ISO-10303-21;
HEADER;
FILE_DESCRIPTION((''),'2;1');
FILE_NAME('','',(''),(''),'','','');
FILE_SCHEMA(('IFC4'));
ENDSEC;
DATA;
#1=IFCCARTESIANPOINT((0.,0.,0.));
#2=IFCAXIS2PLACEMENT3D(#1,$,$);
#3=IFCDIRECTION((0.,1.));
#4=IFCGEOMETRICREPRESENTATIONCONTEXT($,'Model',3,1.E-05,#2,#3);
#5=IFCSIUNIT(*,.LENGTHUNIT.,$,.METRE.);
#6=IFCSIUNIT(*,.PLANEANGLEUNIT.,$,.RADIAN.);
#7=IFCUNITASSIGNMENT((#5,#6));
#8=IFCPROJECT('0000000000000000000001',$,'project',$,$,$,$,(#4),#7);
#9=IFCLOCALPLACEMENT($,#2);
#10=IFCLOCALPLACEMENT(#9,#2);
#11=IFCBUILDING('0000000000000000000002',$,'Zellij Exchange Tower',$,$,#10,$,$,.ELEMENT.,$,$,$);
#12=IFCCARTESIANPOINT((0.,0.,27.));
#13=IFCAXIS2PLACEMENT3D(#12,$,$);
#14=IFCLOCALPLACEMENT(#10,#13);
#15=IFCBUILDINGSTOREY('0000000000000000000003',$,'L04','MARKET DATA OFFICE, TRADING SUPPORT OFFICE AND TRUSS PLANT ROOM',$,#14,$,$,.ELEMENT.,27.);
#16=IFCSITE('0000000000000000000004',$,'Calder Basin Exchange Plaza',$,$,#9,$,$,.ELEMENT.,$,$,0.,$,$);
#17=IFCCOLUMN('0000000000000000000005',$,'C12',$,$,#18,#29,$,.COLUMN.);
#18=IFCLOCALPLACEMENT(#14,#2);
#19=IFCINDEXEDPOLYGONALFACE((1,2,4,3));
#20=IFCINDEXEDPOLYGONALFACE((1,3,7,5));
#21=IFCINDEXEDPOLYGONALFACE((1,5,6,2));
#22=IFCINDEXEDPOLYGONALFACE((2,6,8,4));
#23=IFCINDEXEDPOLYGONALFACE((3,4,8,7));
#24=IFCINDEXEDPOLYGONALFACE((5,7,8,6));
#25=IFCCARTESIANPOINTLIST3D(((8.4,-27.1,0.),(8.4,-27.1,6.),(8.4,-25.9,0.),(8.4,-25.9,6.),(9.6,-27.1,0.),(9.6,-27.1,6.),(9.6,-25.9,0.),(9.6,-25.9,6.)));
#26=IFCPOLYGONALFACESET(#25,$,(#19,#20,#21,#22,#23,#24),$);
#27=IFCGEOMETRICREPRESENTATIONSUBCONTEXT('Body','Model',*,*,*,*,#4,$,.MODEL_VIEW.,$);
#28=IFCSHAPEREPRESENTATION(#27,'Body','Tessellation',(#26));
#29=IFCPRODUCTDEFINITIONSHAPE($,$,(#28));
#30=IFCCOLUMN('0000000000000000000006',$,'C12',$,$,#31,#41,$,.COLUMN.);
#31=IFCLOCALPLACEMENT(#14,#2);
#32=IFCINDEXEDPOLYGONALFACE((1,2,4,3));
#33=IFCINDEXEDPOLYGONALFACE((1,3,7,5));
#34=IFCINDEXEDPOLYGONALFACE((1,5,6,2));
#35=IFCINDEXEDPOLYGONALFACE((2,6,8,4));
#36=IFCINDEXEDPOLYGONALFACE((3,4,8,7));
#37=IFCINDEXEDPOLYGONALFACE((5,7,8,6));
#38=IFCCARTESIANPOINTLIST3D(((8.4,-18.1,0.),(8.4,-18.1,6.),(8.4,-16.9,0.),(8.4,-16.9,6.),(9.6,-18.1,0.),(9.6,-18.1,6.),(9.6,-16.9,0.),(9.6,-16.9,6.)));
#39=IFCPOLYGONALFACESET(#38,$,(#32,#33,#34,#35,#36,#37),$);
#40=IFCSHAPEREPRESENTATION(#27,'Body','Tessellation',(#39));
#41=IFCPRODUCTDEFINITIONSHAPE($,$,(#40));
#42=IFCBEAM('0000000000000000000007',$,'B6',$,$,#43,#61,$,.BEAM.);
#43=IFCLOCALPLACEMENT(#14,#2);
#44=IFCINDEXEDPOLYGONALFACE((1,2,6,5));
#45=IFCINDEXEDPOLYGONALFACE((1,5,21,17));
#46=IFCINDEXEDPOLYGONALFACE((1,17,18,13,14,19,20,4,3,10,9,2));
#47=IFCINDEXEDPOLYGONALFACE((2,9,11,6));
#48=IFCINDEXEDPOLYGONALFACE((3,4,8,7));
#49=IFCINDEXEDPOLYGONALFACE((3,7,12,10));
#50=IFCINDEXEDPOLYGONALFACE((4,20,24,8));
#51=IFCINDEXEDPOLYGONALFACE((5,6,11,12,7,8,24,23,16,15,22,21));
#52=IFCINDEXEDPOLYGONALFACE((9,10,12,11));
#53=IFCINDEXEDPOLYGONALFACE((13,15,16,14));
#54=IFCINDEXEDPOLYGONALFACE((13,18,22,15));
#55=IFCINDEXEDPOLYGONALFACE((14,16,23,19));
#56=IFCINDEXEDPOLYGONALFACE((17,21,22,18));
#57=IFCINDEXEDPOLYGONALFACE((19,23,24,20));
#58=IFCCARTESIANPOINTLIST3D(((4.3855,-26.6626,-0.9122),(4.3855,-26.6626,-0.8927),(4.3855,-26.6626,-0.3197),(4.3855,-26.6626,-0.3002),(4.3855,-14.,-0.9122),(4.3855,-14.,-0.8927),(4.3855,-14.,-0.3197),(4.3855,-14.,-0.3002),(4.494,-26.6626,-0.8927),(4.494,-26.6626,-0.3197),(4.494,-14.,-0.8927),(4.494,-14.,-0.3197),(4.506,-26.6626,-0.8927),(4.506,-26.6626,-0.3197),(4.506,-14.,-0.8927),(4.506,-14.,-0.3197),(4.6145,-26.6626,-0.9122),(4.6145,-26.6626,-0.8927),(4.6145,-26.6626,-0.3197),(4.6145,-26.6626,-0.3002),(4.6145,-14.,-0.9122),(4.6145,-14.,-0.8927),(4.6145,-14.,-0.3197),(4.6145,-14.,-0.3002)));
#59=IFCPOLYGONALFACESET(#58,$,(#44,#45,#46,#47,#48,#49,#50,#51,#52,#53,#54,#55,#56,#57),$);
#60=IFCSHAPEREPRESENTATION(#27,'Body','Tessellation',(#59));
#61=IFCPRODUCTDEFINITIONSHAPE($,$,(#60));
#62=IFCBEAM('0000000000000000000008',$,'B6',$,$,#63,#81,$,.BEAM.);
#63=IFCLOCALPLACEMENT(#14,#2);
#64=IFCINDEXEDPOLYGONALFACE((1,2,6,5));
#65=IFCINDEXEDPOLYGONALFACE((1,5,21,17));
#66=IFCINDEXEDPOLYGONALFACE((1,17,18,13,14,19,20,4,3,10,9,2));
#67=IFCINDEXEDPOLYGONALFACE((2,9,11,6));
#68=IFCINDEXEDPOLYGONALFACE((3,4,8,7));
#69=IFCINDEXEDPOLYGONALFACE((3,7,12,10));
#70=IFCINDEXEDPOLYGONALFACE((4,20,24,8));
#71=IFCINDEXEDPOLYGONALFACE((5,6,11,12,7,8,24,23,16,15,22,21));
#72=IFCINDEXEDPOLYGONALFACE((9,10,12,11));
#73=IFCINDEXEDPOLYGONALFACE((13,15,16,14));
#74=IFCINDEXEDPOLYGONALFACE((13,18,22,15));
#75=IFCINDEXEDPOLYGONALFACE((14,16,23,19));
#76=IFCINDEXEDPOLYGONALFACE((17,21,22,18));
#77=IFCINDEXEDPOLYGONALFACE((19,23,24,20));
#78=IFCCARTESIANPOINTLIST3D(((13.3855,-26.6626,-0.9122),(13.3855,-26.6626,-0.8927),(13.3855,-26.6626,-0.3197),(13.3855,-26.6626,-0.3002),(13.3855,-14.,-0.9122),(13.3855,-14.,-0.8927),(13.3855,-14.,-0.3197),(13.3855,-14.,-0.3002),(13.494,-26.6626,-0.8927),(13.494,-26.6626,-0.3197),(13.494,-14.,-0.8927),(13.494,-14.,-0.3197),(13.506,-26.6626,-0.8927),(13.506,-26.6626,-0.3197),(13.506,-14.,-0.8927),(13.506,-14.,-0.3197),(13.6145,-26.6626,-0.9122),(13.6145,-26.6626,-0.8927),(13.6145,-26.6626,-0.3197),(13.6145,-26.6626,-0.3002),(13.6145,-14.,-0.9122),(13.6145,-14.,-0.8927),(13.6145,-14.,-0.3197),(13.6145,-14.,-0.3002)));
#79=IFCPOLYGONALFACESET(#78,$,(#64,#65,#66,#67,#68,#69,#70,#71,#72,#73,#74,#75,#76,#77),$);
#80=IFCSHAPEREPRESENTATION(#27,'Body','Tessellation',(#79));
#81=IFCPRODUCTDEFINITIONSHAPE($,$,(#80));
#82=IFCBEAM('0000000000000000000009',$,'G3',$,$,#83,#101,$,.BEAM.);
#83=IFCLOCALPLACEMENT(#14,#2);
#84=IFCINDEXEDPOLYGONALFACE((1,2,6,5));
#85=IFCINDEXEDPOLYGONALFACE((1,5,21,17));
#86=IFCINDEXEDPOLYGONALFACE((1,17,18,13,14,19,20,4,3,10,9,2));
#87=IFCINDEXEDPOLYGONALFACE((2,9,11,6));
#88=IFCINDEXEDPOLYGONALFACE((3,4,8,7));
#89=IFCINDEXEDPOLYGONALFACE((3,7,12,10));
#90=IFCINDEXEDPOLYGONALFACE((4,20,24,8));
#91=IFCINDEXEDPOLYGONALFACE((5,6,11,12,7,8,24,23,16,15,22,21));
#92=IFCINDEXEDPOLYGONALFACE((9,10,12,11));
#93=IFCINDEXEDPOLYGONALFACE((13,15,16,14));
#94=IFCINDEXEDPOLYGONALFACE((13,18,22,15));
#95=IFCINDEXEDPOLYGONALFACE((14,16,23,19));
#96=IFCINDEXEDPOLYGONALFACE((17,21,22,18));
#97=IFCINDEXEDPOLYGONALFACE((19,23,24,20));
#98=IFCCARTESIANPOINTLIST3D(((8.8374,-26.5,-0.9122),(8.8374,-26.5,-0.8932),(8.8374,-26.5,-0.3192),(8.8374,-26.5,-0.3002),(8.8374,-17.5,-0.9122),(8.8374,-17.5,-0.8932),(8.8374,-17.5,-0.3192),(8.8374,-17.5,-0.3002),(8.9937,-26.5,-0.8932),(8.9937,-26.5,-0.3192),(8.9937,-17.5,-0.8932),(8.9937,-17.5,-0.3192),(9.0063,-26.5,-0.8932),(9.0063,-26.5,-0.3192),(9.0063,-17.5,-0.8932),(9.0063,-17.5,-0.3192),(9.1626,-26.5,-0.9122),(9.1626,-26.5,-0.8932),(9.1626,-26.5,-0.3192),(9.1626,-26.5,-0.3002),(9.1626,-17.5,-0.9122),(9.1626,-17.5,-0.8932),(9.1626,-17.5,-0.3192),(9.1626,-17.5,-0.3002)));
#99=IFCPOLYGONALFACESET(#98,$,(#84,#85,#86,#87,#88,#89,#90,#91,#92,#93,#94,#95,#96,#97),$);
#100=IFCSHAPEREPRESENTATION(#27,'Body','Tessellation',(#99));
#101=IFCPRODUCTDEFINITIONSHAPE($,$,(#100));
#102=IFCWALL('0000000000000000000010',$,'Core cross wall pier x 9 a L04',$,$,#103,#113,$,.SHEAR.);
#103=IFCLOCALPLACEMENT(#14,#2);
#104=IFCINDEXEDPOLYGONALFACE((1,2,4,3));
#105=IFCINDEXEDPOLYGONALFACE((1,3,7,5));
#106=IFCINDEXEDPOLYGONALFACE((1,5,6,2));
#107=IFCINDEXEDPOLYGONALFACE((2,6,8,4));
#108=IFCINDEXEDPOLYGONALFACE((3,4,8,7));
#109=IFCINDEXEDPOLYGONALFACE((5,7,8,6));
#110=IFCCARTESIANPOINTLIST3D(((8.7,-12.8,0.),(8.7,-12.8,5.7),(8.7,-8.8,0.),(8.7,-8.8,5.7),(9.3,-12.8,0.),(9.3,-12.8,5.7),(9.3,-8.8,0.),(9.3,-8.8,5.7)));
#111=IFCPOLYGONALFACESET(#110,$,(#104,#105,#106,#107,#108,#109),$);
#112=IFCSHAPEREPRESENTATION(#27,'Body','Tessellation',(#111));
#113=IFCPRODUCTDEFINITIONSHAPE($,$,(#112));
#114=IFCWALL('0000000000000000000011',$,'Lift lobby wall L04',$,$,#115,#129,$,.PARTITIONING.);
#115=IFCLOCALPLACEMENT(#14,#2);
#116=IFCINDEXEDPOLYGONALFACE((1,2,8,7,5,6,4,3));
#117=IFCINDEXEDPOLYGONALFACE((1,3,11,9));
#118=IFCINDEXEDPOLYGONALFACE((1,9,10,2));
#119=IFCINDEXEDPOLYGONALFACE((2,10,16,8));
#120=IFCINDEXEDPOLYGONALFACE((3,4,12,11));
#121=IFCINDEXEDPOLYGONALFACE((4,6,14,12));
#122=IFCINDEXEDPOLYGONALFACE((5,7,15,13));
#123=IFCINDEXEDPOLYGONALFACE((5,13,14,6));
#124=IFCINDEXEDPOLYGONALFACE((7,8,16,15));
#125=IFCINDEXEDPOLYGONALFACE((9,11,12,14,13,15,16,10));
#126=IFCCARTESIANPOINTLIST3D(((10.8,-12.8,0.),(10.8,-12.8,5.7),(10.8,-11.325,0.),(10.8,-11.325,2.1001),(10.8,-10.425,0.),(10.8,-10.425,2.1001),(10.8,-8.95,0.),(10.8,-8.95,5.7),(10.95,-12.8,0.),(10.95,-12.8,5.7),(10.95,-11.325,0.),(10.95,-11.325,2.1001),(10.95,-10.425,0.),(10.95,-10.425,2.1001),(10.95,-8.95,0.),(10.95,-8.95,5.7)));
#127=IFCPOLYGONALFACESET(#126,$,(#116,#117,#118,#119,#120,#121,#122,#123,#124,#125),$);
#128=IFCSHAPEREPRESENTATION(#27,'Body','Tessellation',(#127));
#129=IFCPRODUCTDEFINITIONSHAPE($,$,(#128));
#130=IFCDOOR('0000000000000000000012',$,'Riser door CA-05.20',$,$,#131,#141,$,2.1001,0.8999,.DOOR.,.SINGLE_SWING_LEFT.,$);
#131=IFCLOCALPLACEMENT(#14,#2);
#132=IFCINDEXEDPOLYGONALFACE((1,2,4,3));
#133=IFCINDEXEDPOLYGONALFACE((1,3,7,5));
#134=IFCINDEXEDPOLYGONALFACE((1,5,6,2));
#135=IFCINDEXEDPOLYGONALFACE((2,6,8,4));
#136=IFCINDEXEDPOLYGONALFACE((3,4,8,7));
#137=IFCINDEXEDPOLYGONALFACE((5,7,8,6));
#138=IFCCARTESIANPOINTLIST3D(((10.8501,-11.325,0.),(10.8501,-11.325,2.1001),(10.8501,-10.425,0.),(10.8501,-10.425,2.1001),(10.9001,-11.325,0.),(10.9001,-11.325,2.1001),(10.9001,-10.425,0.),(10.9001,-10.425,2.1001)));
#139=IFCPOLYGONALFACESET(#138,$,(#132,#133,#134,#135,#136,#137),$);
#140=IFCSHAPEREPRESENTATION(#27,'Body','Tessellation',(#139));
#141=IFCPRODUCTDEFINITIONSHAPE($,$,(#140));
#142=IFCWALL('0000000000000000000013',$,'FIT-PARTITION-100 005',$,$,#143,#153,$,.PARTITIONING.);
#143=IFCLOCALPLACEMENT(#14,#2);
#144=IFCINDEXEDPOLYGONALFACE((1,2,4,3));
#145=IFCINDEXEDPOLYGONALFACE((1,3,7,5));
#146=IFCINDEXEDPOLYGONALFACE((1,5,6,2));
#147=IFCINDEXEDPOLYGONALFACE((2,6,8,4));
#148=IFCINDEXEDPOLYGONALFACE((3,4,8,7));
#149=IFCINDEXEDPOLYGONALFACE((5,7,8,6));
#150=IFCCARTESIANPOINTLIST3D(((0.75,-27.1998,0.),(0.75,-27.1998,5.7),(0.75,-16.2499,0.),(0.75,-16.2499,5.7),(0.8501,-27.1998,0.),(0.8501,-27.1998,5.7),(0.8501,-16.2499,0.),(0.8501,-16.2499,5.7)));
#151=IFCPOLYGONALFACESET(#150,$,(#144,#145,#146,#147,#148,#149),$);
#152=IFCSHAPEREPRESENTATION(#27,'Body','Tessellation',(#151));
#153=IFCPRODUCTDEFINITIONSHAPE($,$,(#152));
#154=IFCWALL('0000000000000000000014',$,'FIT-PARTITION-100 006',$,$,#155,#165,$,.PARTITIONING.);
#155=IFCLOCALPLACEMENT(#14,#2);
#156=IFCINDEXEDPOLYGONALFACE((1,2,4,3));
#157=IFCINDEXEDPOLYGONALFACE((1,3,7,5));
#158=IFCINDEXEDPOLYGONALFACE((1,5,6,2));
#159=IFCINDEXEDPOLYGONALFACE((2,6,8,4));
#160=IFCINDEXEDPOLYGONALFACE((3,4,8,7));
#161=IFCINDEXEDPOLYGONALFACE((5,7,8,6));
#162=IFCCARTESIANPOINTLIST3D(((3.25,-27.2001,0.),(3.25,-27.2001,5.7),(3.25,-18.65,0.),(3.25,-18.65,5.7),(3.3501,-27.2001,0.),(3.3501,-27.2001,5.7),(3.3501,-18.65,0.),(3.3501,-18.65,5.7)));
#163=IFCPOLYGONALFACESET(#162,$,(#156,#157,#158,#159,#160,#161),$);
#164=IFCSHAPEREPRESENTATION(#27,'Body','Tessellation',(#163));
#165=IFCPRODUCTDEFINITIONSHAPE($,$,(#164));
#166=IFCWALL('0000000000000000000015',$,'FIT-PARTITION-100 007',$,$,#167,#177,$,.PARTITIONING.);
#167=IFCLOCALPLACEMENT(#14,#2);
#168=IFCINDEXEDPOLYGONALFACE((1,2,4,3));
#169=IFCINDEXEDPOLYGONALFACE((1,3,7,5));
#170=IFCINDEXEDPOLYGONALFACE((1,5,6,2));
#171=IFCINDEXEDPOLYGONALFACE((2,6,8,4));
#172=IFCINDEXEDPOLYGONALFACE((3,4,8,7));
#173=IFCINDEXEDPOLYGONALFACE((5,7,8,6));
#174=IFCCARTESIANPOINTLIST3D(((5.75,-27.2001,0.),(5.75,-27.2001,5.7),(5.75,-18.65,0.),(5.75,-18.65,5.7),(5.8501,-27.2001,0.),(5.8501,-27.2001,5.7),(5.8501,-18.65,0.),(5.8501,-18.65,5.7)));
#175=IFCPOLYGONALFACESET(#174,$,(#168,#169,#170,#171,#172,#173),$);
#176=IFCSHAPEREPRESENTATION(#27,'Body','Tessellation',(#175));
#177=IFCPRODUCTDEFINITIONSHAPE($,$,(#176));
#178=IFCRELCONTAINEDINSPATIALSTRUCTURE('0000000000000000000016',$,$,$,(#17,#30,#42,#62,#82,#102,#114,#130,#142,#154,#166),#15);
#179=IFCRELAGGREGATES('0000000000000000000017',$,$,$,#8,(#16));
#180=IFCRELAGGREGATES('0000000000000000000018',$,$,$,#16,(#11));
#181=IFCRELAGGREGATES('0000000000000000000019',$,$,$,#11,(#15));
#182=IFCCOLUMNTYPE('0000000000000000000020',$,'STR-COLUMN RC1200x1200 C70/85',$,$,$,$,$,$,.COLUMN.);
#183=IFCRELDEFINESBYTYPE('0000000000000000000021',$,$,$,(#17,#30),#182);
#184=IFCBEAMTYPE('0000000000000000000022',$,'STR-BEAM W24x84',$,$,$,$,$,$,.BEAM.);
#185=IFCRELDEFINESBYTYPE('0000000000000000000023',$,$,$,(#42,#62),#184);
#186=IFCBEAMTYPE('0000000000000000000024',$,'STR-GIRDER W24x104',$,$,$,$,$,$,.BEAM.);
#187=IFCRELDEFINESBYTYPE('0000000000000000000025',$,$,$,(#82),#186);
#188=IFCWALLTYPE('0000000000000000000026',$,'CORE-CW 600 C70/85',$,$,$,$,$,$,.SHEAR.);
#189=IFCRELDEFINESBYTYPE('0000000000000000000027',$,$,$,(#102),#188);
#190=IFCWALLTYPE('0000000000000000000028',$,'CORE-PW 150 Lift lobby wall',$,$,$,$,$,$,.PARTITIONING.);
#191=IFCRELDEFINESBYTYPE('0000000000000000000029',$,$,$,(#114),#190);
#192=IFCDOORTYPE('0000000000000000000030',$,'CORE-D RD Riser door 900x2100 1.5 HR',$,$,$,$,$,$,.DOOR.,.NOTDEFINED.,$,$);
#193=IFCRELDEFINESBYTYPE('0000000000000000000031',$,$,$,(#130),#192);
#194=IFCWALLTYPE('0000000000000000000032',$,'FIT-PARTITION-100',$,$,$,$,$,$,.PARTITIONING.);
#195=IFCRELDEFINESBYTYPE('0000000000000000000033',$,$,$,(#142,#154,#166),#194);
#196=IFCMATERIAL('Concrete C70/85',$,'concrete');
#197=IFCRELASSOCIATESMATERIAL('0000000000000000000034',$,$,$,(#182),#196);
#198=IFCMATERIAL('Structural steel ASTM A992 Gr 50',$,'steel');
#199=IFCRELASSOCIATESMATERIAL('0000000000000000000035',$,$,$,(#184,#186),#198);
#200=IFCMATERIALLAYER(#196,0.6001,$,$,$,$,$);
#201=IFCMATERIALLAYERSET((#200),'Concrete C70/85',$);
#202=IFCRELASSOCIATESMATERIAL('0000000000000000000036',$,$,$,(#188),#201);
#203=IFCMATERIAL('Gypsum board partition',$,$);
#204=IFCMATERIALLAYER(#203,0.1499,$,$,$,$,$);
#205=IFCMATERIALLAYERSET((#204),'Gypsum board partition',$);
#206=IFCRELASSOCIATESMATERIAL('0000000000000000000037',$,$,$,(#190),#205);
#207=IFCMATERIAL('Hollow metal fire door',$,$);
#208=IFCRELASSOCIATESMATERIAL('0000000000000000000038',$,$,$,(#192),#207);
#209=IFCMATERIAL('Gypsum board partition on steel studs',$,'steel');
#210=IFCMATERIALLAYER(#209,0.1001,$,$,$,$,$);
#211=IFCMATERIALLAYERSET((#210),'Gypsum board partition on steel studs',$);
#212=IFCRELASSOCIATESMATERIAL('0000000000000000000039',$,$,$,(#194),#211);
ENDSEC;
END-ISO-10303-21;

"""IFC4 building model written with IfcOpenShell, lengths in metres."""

from ifc_helpers import new_model, si_unit, direction, frame, frame_2d, origin, origin_2d, place, context, subcontext, project, spatial, rectangle, i_section, extrude, material, layer, layer_set, material_profile, profile_set, type_object, element, fill, save


model = new_model("IFC4")

# Units and contexts
model_context = context("Model", 3, precision=1e-05, world=origin(), true_north=direction((0.0, 1.0)))
body_context = subcontext(model_context, "Body", "Model", "MODEL_VIEW")
ifc_project = project(units=[si_unit("LENGTHUNIT", "METRE"), si_unit("PLANEANGLEUNIT", "RADIAN")], contexts=[model_context])

# Site, building, storey
site_placement = place(None, origin())
site = spatial("IfcSite", under=ifc_project, at=site_placement, Name="Calder Basin Exchange Plaza", CompositionType="ELEMENT", RefElevation=0.0)
building_placement = place(site_placement, origin())
building = spatial("IfcBuilding", under=site, at=building_placement, Name="Zellij Exchange Tower", CompositionType="ELEMENT")
storey_placement = place(building_placement, frame((0.0, 0.0, 27.0)))
storey = spatial("IfcBuildingStorey", under=building, at=storey_placement, Name="L04", Description="MARKET DATA OFFICE, TRADING SUPPORT OFFICE AND TRUSS PLANT ROOM", CompositionType="ELEMENT", Elevation=27.0)

# Columns
ifc_material_1 = material(Name="Concrete C70/85", Category="concrete")
ifc_material_profile_1 = material_profile(ifc_material_1, rectangle(XDim=1.2, YDim=1.2, at=origin_2d()), Name="STR-COLUMN RC1200x1200 C70/85")
ifc_profile_set_1 = profile_set([ifc_material_profile_1], Name="Concrete C70/85")
column_type = type_object("IfcColumnType", Name="STR-COLUMN RC1200x1200 C70/85", PredefinedType="COLUMN", material=ifc_profile_set_1)
for number, where, z_axis, x_axis, name in (
    (1, (9.0, -26.5, 0.0), (0.0, 0.0, 1.0), (1.0, 0.0, 0.0), "C12"),
    (2, (9.0, -17.5, 0.0), (0.0, 0.0, 1.0), (1.0, 0.0, 0.0), "C12"),
):
    element("IfcColumn", number, at=place(storey_placement, frame(where, z_axis=z_axis, x_axis=x_axis)), inside=storey, type_object=column_type, Name=name, PredefinedType="COLUMN", context=body_context, shape_type="SweptSolid", body=[
        extrude(rectangle(XDim=1.2, YDim=1.2, at=origin_2d()), origin(), (0.0, 0.0, 1.0), 6.0),
    ])

# Beams
ifc_material_2 = material(Name="Structural steel ASTM A992 Gr 50", Category="steel")
ifc_material_profile_2 = material_profile(ifc_material_2, i_section(OverallWidth=0.229, OverallDepth=0.6121, WebThickness=0.012, FlangeThickness=0.0195, at=origin_2d()), Name="W24x84")
ifc_profile_set_2 = profile_set([ifc_material_profile_2], Name="Structural steel ASTM A992 Gr 50")
beam_type_1 = type_object("IfcBeamType", Name="STR-BEAM W24x84", PredefinedType="BEAM", material=ifc_profile_set_2)
for number, where, z_axis, x_axis, name in (
    (3, (4.5, -26.6626, -0.6062), (0.0, 1.0, 0.0), (-1.0, 0.0, 0.0), "B6"),
    (4, (13.5, -26.6626, -0.6062), (0.0, 1.0, 0.0), (-1.0, 0.0, 0.0), "B6"),
):
    element("IfcBeam", number, at=place(storey_placement, frame(where, z_axis=z_axis, x_axis=x_axis)), inside=storey, type_object=beam_type_1, Name=name, PredefinedType="BEAM", context=body_context, shape_type="SweptSolid", body=[
        extrude(i_section(OverallWidth=0.229, OverallDepth=0.6121, WebThickness=0.012, FlangeThickness=0.0195, at=origin_2d()), origin(), (0.0, 0.0, 1.0), 12.6626),
    ])
ifc_material_profile_3 = material_profile(ifc_material_2, i_section(OverallWidth=0.3252, OverallDepth=0.6121, WebThickness=0.0127, FlangeThickness=0.019, at=origin_2d()), Name="W24x104")
ifc_profile_set_3 = profile_set([ifc_material_profile_3], Name="Structural steel ASTM A992 Gr 50")
beam_type_2 = type_object("IfcBeamType", Name="STR-GIRDER W24x104", PredefinedType="BEAM", material=ifc_profile_set_3)
beam_placement = place(storey_placement, frame((9.0, -26.5, -0.6062), z_axis=(0.0, 1.0, 0.0), x_axis=(-1.0, 0.0, 0.0)))
element("IfcBeam", 5, at=beam_placement, inside=storey, type_object=beam_type_2, Name="G3", PredefinedType="BEAM", context=body_context, shape_type="SweptSolid", body=[
    extrude(i_section(OverallWidth=0.3252, OverallDepth=0.6121, WebThickness=0.0127, FlangeThickness=0.019, at=origin_2d()), origin(), (0.0, 0.0, 1.0), 9.0),
])

# Wall
ifc_layer_1 = layer(ifc_material_1, 0.6001)
ifc_layer_set_1 = layer_set([ifc_layer_1], Name="Concrete C70/85")
wall_type_1 = type_object("IfcWallType", Name="CORE-CW 600 C70/85", PredefinedType="SHEAR", material=ifc_layer_set_1)
wall_1_placement = place(storey_placement, frame((9.0, -12.8, 0.0), z_axis=(0.0, 0.0, 1.0), x_axis=(0.0, 1.0, 0.0)))
element("IfcWall", 6, at=wall_1_placement, inside=storey, type_object=wall_type_1, Name="Core cross wall pier x 9 a L04", PredefinedType="SHEAR", context=body_context, shape_type="SweptSolid", body=[
    extrude(rectangle(XDim=4.0, YDim=0.6001, at=frame_2d((2.0, 0.0))), origin(), (0.0, 0.0, 1.0), 5.7),
])

# Wall, opening, door
ifc_material_3 = material(Name="Gypsum board partition")
ifc_layer_2 = layer(ifc_material_3, 0.1499)
ifc_layer_set_2 = layer_set([ifc_layer_2], Name="Gypsum board partition")
wall_type_2 = type_object("IfcWallType", Name="CORE-PW 150 Lift lobby wall", PredefinedType="PARTITIONING", material=ifc_layer_set_2)
wall_2_placement = place(storey_placement, frame((10.875, -12.8, 0.0), z_axis=(0.0, 0.0, 1.0), x_axis=(0.0, 1.0, 0.0)))
wall_2 = element("IfcWall", 7, at=wall_2_placement, inside=storey, type_object=wall_type_2, Name="Lift lobby wall L04", PredefinedType="PARTITIONING", context=body_context, shape_type="SweptSolid", body=[
    extrude(rectangle(XDim=3.8501, YDim=0.1499, at=frame_2d((1.925, 0.0))), origin(), (0.0, 0.0, 1.0), 5.7),
])
opening_1_placement = place(wall_2_placement, frame((1.4751, 0.0, 0.0)))
opening_1 = element("IfcOpeningElement", 8, at=opening_1_placement, cuts=wall_2, PredefinedType="OPENING", context=body_context, shape_type="SweptSolid", body=[
    extrude(rectangle(XDim=0.8999, YDim=2.1001, at=frame_2d((0.45, 1.05))), frame((0.0, 0.0869, 0.0), z_axis=(0.0, -1.0, 0.0), x_axis=(1.0, 0.0, 0.0)), (0.0, 0.0, 1.0), 0.1738),
])
ifc_material_4 = material(Name="Hollow metal fire door")
door_type_1 = type_object("IfcDoorType", Name="CORE-D RD Riser door 900x2100 1.5 HR", OperationType="NOTDEFINED", PredefinedType="DOOR", material=ifc_material_4)
door_1_placement = place(opening_1_placement, origin())
door_1 = element("IfcDoor", 9, at=door_1_placement, inside=storey, type_object=door_type_1, Name="Riser door CA-05.20", OperationType="SINGLE_SWING_LEFT", OverallHeight=2.1001, OverallWidth=0.8999, PredefinedType="DOOR", context=body_context, shape_type="SweptSolid", body=[
    extrude(rectangle(XDim=0.8999, YDim=2.1001, at=frame_2d((0.45, 1.05))), frame((0.0, 0.0249, 0.0), z_axis=(0.0, -1.0, 0.0), x_axis=(1.0, 0.0, 0.0)), (0.0, 0.0, 1.0), 0.05),
])
fill(opening_1, door_1)

# Walls
ifc_material_5 = material(Name="Gypsum board partition on steel studs", Category="steel")
ifc_layer_3 = layer(ifc_material_5, 0.1001)
ifc_layer_set_3 = layer_set([ifc_layer_3], Name="Gypsum board partition on steel studs")
wall_type_3 = type_object("IfcWallType", Name="FIT-PARTITION-100", PredefinedType="PARTITIONING", material=ifc_layer_set_3)
wall_3_placement = place(storey_placement, frame((0.8, -27.2, 0.0), z_axis=(0.0, 0.0, 1.0), x_axis=(0.0, 1.0, 0.0)))
element("IfcWall", 10, at=wall_3_placement, inside=storey, type_object=wall_type_3, Name="FIT-PARTITION-100 005", PredefinedType="PARTITIONING", context=body_context, shape_type="SweptSolid", body=[
    extrude(rectangle(XDim=10.95, YDim=0.1001, at=frame_2d((5.4751, 0.0))), origin(), (0.0, 0.0, 1.0), 5.7),
])
for number, where, z_axis, x_axis, name in (
    (11, (3.3, -27.2, 0.0), (0.0, 0.0, 1.0), (0.0, 1.0, 0.0), "FIT-PARTITION-100 006"),
    (12, (5.8, -27.2, 0.0), (0.0, 0.0, 1.0), (0.0, 1.0, 0.0), "FIT-PARTITION-100 007"),
):
    element("IfcWall", number, at=place(storey_placement, frame(where, z_axis=z_axis, x_axis=x_axis)), inside=storey, type_object=wall_type_3, Name=name, PredefinedType="PARTITIONING", context=body_context, shape_type="SweptSolid", body=[
        extrude(rectangle(XDim=8.55, YDim=0.1001, at=frame_2d((4.2749, 0.0))), origin(), (0.0, 0.0, 1.0), 5.7),
    ])

save(model, "model.ifc")
